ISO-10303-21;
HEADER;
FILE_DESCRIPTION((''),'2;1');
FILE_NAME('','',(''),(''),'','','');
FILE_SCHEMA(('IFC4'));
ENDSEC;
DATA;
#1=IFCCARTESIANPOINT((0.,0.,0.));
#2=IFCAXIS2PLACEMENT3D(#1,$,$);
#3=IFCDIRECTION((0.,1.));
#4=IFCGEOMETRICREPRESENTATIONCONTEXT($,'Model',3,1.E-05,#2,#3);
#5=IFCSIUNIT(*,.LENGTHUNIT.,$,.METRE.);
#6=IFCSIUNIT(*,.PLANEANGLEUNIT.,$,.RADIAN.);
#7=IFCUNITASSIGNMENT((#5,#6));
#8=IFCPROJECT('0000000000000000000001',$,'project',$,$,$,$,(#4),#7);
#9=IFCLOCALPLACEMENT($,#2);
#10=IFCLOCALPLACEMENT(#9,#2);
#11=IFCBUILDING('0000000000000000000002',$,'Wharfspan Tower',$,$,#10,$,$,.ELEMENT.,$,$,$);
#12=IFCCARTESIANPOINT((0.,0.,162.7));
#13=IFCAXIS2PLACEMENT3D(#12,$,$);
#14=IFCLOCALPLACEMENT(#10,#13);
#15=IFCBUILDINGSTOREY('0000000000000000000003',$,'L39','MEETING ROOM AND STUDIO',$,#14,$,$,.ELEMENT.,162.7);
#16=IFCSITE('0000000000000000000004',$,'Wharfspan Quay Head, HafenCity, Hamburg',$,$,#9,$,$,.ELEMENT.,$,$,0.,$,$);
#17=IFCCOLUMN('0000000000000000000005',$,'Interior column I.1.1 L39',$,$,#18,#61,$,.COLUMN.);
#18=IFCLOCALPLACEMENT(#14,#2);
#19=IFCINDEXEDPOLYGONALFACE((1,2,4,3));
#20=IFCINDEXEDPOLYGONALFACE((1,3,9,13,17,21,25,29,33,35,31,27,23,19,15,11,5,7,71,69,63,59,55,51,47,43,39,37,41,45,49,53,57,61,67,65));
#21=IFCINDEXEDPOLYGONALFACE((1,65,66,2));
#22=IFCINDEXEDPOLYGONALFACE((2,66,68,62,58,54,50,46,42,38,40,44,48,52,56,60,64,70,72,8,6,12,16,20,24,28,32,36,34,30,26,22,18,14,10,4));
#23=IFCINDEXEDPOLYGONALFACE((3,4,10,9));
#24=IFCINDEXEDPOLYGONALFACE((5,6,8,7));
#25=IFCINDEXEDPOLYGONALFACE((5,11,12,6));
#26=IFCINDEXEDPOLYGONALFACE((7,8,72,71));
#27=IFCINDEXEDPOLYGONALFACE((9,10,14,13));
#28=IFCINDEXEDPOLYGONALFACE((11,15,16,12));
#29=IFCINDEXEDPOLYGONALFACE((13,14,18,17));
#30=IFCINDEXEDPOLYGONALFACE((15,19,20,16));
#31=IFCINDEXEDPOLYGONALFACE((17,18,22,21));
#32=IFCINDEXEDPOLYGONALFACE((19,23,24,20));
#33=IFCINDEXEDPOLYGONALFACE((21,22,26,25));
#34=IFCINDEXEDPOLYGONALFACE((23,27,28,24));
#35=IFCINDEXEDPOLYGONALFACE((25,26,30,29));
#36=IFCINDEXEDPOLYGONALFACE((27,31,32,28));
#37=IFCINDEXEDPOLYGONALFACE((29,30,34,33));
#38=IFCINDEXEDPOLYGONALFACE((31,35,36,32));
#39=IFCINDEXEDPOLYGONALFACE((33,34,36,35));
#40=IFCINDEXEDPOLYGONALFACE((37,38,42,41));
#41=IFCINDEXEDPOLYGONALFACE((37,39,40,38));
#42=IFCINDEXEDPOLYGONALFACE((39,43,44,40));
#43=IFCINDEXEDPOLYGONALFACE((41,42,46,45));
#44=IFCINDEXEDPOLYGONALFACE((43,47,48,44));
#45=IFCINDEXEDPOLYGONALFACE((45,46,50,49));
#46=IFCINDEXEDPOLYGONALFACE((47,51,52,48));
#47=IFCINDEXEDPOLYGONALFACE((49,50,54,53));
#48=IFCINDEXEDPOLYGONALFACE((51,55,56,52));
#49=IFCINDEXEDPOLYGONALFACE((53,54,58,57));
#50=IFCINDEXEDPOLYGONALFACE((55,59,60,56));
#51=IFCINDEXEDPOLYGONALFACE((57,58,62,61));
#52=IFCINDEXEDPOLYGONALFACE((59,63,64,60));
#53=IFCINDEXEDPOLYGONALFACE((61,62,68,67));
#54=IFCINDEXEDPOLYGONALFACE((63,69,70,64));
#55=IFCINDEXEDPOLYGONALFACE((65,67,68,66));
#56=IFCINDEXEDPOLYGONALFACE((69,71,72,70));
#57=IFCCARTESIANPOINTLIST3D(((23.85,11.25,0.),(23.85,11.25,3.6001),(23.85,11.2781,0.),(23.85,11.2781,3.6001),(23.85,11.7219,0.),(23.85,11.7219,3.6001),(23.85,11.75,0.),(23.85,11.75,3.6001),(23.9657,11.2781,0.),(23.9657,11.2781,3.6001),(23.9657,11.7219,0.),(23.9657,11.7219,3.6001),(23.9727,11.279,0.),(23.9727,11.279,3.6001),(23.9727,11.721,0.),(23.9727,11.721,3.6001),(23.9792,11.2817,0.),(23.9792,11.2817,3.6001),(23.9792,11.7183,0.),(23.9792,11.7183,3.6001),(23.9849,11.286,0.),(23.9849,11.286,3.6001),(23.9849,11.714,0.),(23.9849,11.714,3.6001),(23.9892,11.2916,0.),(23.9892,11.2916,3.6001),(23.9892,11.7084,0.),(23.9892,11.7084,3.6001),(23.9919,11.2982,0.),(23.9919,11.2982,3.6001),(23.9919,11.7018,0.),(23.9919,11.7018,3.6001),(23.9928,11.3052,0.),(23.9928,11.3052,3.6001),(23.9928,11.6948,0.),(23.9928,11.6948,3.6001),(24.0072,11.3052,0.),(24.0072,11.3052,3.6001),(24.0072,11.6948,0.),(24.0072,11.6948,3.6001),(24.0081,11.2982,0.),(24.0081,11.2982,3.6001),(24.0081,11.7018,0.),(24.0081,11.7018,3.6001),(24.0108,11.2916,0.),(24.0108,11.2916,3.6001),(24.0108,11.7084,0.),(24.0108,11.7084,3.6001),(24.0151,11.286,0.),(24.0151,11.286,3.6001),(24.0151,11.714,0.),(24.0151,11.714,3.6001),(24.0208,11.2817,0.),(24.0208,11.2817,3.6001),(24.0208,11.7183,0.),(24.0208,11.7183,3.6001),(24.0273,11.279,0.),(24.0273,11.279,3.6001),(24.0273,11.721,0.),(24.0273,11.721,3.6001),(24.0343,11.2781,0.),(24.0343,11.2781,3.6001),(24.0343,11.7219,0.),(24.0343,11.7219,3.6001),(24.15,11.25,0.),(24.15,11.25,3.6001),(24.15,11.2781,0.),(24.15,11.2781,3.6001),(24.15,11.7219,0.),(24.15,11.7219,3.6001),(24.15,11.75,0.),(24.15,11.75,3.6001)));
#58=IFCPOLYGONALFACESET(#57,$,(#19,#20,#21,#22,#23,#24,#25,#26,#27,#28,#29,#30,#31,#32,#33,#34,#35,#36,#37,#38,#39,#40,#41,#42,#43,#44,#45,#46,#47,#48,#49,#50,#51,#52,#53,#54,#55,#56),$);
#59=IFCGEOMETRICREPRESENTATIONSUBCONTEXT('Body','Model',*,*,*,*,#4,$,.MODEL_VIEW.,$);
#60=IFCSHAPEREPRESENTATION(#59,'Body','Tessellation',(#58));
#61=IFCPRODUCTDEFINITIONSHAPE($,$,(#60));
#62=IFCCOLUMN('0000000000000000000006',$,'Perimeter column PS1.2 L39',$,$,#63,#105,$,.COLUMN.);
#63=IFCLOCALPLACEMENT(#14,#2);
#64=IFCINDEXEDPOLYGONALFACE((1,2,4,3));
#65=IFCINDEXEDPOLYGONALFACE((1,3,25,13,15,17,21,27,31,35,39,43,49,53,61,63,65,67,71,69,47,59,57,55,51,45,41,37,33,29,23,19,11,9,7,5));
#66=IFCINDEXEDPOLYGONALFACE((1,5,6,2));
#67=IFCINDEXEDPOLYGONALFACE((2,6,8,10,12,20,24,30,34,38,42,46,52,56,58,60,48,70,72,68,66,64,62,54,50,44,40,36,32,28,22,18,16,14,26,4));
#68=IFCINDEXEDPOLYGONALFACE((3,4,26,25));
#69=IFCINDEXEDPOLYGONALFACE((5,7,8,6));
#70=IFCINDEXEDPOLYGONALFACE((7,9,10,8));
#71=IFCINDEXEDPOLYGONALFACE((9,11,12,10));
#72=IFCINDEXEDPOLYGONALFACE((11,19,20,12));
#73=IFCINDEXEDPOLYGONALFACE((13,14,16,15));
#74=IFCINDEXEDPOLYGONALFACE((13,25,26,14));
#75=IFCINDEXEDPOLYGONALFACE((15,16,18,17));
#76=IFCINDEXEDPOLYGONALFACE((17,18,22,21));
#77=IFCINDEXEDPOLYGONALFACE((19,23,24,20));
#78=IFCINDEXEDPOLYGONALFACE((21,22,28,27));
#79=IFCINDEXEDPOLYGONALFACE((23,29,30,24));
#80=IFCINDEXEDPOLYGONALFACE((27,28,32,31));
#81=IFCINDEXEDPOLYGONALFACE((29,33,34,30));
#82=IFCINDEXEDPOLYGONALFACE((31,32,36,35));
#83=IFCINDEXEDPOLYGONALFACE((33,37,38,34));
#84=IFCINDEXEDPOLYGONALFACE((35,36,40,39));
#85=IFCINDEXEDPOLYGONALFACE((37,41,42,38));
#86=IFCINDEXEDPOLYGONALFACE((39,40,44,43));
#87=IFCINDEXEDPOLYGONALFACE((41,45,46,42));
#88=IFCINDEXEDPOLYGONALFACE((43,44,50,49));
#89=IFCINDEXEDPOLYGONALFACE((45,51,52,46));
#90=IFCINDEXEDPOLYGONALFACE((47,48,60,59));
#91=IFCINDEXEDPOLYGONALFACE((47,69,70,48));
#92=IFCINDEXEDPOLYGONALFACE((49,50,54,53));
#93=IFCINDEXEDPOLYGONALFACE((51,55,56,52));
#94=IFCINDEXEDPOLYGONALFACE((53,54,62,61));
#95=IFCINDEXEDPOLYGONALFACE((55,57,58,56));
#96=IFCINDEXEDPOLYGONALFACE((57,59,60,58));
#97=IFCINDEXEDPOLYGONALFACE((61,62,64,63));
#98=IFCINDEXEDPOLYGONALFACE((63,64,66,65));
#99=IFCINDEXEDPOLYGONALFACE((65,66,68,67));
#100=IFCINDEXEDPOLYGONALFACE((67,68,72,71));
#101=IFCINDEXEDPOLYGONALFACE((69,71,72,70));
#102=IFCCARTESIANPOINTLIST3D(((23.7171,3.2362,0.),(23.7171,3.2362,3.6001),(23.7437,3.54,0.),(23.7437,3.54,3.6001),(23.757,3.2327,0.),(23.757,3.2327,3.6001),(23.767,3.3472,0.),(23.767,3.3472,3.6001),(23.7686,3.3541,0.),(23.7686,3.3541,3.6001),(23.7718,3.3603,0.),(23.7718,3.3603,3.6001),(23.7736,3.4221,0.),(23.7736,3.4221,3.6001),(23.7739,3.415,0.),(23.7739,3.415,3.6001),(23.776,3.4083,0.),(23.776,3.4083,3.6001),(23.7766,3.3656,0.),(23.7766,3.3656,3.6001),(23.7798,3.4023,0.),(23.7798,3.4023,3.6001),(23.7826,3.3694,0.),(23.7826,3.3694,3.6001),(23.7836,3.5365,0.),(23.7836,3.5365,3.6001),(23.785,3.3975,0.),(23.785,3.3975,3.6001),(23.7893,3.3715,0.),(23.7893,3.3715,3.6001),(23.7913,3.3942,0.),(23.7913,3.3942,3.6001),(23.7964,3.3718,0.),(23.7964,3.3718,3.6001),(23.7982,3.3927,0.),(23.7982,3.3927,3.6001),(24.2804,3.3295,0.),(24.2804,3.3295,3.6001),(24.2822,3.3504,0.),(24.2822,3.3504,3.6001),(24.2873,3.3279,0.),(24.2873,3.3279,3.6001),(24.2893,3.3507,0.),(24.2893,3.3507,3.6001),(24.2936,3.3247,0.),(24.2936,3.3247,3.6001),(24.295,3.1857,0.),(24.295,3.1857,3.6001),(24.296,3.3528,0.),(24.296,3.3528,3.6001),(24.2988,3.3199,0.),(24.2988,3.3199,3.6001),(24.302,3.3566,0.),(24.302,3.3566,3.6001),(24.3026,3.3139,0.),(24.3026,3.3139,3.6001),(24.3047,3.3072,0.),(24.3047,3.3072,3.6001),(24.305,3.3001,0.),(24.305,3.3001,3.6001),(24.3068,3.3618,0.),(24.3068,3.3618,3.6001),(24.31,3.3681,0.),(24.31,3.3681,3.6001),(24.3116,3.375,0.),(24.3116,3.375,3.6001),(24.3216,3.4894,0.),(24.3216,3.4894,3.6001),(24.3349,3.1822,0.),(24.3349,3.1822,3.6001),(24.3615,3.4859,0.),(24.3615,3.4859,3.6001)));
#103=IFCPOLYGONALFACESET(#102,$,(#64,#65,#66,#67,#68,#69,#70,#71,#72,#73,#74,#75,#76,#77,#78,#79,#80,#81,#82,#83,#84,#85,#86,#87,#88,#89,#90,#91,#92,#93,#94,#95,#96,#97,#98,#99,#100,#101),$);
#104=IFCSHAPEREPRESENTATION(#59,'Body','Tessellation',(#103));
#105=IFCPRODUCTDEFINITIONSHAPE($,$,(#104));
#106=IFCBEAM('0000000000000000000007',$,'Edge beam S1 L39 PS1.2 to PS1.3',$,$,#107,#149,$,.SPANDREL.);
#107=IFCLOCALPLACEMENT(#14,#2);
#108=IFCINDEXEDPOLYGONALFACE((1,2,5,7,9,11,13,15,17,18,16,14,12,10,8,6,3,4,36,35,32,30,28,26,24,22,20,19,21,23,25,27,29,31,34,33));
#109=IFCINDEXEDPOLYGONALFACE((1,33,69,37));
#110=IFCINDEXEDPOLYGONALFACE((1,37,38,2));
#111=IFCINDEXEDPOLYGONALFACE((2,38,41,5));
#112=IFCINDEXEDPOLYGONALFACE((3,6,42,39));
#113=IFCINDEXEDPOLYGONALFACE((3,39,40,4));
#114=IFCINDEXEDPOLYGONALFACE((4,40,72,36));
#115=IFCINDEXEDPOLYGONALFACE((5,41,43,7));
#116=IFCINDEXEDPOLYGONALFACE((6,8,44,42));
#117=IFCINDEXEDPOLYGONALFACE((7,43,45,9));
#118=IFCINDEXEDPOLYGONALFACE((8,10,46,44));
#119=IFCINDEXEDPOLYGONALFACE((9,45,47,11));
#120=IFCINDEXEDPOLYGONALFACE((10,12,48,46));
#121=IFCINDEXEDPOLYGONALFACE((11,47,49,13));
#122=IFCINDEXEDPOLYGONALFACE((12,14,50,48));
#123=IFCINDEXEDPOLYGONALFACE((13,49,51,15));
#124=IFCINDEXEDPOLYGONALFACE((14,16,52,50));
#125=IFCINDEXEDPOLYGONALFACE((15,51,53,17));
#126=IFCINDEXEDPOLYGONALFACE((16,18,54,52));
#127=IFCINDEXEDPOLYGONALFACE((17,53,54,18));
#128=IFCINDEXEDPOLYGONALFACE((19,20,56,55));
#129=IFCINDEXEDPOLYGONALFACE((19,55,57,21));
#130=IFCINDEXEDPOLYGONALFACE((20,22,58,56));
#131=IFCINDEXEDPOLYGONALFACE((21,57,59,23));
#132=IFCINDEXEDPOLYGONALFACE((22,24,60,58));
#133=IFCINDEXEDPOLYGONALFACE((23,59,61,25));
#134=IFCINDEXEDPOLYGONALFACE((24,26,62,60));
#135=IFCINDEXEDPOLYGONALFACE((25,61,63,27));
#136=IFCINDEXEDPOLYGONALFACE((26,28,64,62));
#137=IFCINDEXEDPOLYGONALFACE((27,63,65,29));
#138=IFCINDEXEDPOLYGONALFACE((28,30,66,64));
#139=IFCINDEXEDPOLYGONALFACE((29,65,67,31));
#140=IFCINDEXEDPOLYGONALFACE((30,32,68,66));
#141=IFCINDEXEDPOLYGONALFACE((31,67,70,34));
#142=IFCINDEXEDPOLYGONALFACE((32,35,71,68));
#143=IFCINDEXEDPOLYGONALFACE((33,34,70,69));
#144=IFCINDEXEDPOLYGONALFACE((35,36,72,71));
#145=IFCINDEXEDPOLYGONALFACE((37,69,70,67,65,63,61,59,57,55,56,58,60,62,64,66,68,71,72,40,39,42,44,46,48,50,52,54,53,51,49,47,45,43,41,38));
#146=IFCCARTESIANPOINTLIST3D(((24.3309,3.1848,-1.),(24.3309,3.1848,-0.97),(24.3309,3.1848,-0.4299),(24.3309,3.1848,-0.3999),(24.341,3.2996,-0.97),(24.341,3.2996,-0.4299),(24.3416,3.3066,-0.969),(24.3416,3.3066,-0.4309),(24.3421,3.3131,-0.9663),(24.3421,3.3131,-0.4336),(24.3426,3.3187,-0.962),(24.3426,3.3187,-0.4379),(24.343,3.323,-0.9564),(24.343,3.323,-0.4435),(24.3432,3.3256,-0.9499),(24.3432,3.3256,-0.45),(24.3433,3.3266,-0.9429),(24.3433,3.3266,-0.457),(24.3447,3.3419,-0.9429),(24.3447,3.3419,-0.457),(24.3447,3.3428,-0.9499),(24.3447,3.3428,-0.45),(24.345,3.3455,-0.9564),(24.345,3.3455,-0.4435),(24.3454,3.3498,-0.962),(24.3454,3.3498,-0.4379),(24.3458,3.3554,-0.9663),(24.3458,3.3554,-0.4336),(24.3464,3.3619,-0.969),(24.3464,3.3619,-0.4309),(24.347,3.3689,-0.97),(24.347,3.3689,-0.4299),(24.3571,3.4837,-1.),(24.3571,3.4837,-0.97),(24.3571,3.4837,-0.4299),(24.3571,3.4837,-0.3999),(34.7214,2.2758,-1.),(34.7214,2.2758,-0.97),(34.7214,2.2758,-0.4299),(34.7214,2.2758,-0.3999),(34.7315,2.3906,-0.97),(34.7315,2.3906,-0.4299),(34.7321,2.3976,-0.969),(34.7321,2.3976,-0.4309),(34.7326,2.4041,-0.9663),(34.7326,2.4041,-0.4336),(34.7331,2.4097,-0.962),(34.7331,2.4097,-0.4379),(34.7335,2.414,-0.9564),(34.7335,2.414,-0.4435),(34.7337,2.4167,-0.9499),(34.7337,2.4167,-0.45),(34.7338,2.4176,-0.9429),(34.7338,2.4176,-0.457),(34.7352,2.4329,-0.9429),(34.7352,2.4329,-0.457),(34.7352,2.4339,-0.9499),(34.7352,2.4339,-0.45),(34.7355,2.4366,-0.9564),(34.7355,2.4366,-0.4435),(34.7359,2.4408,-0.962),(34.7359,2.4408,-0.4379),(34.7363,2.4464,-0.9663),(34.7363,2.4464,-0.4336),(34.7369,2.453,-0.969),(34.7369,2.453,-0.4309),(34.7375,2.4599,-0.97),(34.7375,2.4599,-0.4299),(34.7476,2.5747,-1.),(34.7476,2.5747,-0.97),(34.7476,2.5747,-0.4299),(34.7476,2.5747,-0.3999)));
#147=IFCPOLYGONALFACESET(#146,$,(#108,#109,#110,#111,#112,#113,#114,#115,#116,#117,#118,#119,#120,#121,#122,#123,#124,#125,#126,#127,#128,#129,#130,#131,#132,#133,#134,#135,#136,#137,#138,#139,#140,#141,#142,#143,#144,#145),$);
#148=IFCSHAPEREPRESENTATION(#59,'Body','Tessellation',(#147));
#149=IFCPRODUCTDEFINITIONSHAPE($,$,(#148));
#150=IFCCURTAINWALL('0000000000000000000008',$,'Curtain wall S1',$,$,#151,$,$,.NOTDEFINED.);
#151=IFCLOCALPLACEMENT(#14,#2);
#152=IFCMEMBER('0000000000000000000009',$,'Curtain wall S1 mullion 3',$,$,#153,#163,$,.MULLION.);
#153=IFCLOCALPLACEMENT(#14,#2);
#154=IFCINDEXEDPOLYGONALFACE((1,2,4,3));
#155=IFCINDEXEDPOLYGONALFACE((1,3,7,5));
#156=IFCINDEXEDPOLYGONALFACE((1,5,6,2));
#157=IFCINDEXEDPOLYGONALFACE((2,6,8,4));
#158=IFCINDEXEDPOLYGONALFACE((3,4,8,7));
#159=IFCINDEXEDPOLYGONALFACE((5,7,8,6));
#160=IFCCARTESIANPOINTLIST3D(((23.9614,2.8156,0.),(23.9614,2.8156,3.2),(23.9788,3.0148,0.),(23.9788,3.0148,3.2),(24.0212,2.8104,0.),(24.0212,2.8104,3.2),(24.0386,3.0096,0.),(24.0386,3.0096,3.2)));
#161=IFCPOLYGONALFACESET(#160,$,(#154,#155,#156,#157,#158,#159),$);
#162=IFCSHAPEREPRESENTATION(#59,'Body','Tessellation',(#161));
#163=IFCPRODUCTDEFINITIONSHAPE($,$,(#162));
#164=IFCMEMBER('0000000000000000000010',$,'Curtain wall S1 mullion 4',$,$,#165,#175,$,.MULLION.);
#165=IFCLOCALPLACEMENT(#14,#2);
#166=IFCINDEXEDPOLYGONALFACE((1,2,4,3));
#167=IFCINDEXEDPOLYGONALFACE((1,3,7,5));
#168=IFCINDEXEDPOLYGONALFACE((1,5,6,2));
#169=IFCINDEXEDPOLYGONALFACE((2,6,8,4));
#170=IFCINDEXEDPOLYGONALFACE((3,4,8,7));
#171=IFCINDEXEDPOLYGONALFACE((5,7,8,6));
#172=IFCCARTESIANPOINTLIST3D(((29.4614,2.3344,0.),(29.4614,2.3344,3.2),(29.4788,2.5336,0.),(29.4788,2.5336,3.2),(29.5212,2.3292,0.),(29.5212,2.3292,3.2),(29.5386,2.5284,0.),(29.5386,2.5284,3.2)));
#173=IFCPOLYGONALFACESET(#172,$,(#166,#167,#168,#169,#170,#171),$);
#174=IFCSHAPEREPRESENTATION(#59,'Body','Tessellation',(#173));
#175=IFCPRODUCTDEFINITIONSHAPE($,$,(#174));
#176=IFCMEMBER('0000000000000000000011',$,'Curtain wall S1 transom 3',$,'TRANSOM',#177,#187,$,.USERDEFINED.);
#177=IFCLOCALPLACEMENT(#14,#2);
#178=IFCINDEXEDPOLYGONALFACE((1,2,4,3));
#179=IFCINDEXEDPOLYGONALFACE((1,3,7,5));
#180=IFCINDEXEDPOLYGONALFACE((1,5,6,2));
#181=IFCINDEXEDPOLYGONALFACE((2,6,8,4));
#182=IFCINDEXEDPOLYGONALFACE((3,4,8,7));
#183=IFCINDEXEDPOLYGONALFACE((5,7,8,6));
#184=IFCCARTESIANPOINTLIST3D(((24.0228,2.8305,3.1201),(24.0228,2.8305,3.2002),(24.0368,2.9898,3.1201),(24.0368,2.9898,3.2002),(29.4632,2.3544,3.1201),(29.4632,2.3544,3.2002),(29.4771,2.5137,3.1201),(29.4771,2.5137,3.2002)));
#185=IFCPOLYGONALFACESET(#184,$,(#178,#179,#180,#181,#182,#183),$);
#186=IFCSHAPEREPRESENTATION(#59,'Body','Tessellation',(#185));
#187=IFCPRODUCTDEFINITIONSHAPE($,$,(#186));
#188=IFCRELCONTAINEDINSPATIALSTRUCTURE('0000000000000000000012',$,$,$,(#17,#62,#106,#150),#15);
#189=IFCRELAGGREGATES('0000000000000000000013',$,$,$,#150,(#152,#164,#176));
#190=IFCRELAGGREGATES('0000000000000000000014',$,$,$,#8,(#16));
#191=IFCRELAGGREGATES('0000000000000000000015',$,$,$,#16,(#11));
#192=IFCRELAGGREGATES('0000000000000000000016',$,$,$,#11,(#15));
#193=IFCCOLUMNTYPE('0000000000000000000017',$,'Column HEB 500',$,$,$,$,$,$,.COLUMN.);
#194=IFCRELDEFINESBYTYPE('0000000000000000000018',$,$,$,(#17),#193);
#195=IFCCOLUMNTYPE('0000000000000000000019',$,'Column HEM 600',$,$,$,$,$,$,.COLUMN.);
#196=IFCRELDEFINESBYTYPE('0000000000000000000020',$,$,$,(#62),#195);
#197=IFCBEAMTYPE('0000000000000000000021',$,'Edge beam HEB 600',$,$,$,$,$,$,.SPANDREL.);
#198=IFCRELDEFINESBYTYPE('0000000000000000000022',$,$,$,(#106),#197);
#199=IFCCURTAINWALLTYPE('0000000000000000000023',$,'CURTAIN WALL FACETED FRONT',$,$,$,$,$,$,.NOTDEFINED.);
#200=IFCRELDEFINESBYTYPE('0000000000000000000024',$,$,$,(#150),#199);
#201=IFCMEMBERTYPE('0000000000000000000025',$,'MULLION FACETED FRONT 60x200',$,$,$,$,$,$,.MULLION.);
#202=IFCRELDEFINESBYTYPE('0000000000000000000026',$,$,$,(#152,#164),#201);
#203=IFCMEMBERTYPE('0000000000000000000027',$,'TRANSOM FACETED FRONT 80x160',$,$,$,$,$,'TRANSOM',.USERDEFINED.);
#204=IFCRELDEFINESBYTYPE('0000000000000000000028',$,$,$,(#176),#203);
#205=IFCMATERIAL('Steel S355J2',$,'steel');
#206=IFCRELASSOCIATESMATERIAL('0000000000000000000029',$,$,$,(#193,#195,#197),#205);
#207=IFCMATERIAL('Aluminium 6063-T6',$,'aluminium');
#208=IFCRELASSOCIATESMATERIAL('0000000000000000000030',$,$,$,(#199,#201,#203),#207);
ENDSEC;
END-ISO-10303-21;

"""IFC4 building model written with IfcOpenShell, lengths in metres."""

from ifc_helpers import new_model, si_unit, direction, frame, origin, origin_2d, place, context, subcontext, project, spatial, rectangle, i_section, extrude, material, material_profile, profile_set, type_object, element, aggregate, save


model = new_model("IFC4")

# Units and contexts
model_context = context("Model", 3, precision=1e-05, world=origin(), true_north=direction((0.0, 1.0)))
body_context = subcontext(model_context, "Body", "Model", "MODEL_VIEW")
ifc_project = project(units=[si_unit("LENGTHUNIT", "METRE"), si_unit("PLANEANGLEUNIT", "RADIAN")], contexts=[model_context])

# Site, building, storey
site_placement = place(None, origin())
site = spatial("IfcSite", under=ifc_project, at=site_placement, Name="Wharfspan Quay Head, HafenCity, Hamburg", CompositionType="ELEMENT", RefElevation=0.0)
building_placement = place(site_placement, origin())
building = spatial("IfcBuilding", under=site, at=building_placement, Name="Wharfspan Tower", CompositionType="ELEMENT")
storey_placement = place(building_placement, frame((0.0, 0.0, 162.7)))
storey = spatial("IfcBuildingStorey", under=building, at=storey_placement, Name="L39", Description="MEETING ROOM AND STUDIO", CompositionType="ELEMENT", Elevation=162.7)

# Columns
ifc_material_1 = material(Name="Steel S355J2", Category="steel")
ifc_material_profile_1 = material_profile(ifc_material_1, i_section(OverallWidth=0.3, OverallDepth=0.5, WebThickness=0.0144, FlangeThickness=0.0281, FilletRadius=0.0271, at=origin_2d()))
ifc_profile_set_1 = profile_set([ifc_material_profile_1], Name="Steel S355J2")
column_type_1 = type_object("IfcColumnType", Name="Column HEB 500", PredefinedType="COLUMN", material=ifc_profile_set_1)
column_1_placement = place(storey_placement, frame((24.0, 11.5, 0.0), z_axis=(0.0, 0.0, 1.0), x_axis=(1.0, 0.0, 0.0)))
element("IfcColumn", 1, at=column_1_placement, inside=storey, type_object=column_type_1, Name="Interior column I.1.1 L39", PredefinedType="COLUMN", context=body_context, shape_type="SweptSolid", body=[
    extrude(i_section(OverallWidth=0.3, OverallDepth=0.5, WebThickness=0.0144, FlangeThickness=0.0281, FilletRadius=0.0271, at=origin_2d()), origin(), (0.0, 0.0, 1.0), 3.6001),
])
ifc_material_profile_2 = material_profile(ifc_material_1, i_section(OverallWidth=0.3049, OverallDepth=0.6201, WebThickness=0.021, FlangeThickness=0.04, FilletRadius=0.0271, at=origin_2d()))
ifc_profile_set_2 = profile_set([ifc_material_profile_2], Name="Steel S355J2")
column_type_2 = type_object("IfcColumnType", Name="Column HEM 600", PredefinedType="COLUMN", material=ifc_profile_set_2)
column_2_placement = place(storey_placement, frame((24.0393, 3.3611, 0.0), z_axis=(0.0, 0.0, 1.0), x_axis=(-0.087156, -0.996198, 0.0)))
element("IfcColumn", 2, at=column_2_placement, inside=storey, type_object=column_type_2, Name="Perimeter column PS1.2 L39", PredefinedType="COLUMN", context=body_context, shape_type="SweptSolid", body=[
    extrude(i_section(OverallWidth=0.3049, OverallDepth=0.6201, WebThickness=0.021, FlangeThickness=0.04, FilletRadius=0.0271, at=origin_2d()), origin(), (0.0, 0.0, 1.0), 3.6001),
])

# Beam
ifc_material_profile_3 = material_profile(ifc_material_1, i_section(OverallWidth=0.3, OverallDepth=0.6001, WebThickness=0.0154, FlangeThickness=0.03, FilletRadius=0.0271, at=origin_2d()))
ifc_profile_set_3 = profile_set([ifc_material_profile_3], Name="Steel S355J2")
beam_type = type_object("IfcBeamType", Name="Edge beam HEB 600", PredefinedType="SPANDREL", material=ifc_profile_set_3)
beam_placement = place(storey_placement, frame((24.344, 3.3342, -0.7), z_axis=(0.996196, -0.087146, 0.0), x_axis=(0.087146, 0.996196, 0.0)))
element("IfcBeam", 3, at=beam_placement, inside=storey, type_object=beam_type, Name="Edge beam S1 L39 PS1.2 to PS1.3", PredefinedType="SPANDREL", context=body_context, shape_type="SweptSolid", body=[
    extrude(i_section(OverallWidth=0.3, OverallDepth=0.6001, WebThickness=0.0154, FlangeThickness=0.03, FilletRadius=0.0271, at=origin_2d()), origin(), (0.0, 0.0, 1.0), 10.4302),
])

# Curtain wall, members
ifc_material_2 = material(Name="Aluminium 6063-T6", Category="aluminium")
curtain_wall_type = type_object("IfcCurtainWallType", Name="CURTAIN WALL FACETED FRONT", PredefinedType="NOTDEFINED", material=ifc_material_2)
curtain_wall_placement = place(storey_placement, origin())
curtain_wall = element("IfcCurtainWall", 4, at=curtain_wall_placement, inside=storey, type_object=curtain_wall_type, Name="Curtain wall S1", PredefinedType="NOTDEFINED")
ifc_material_profile_4 = material_profile(ifc_material_2, rectangle(XDim=0.2, YDim=0.0601, at=origin_2d()))
ifc_profile_set_4 = profile_set([ifc_material_profile_4], Name="Aluminium 6063-T6")
member_type_1 = type_object("IfcMemberType", Name="MULLION FACETED FRONT 60x200", PredefinedType="MULLION", material=ifc_profile_set_4)
member_1_placement = place(storey_placement, frame((24.0, 2.9126, 0.0), z_axis=(0.0, 0.0, 1.0), x_axis=(0.087156, 0.996198, 0.0)))
member_1 = element("IfcMember", 5, at=member_1_placement, type_object=member_type_1, Name="Curtain wall S1 mullion 3", PredefinedType="MULLION", context=body_context, shape_type="SweptSolid", body=[
    extrude(rectangle(XDim=0.2, YDim=0.0601, at=origin_2d()), origin(), (0.0, 0.0, 1.0), 3.2),
])
member_2_placement = place(storey_placement, frame((29.5, 2.4314, 0.0), z_axis=(0.0, 0.0, 1.0), x_axis=(0.087156, 0.996198, 0.0)))
member_2 = element("IfcMember", 6, at=member_2_placement, type_object=member_type_1, Name="Curtain wall S1 mullion 4", PredefinedType="MULLION", context=body_context, shape_type="SweptSolid", body=[
    extrude(rectangle(XDim=0.2, YDim=0.0601, at=origin_2d()), origin(), (0.0, 0.0, 1.0), 3.2),
])
ifc_material_profile_5 = material_profile(ifc_material_2, rectangle(XDim=0.1599, YDim=0.0801, at=origin_2d()))
ifc_profile_set_5 = profile_set([ifc_material_profile_5], Name="Aluminium 6063-T6")
member_type_2 = type_object("IfcMemberType", Name="TRANSOM FACETED FRONT 80x160", ElementType="TRANSOM", PredefinedType="USERDEFINED", material=ifc_profile_set_5)
member_3_placement = place(storey_placement, frame((24.0298, 2.9102, 3.1602), z_axis=(0.996193, -0.087174, 0.0), x_axis=(0.087174, 0.996193, 0.0)))
member_3 = element("IfcMember", 7, at=member_3_placement, type_object=member_type_2, Name="Curtain wall S1 transom 3", ObjectType="TRANSOM", PredefinedType="USERDEFINED", context=body_context, shape_type="SweptSolid", body=[
    extrude(rectangle(XDim=0.1599, YDim=0.0801, at=origin_2d()), origin(), (0.0, 0.0, 1.0), 5.4612),
])
aggregate(curtain_wall, [member_1, member_2, member_3])

save(model, "model.ifc")
